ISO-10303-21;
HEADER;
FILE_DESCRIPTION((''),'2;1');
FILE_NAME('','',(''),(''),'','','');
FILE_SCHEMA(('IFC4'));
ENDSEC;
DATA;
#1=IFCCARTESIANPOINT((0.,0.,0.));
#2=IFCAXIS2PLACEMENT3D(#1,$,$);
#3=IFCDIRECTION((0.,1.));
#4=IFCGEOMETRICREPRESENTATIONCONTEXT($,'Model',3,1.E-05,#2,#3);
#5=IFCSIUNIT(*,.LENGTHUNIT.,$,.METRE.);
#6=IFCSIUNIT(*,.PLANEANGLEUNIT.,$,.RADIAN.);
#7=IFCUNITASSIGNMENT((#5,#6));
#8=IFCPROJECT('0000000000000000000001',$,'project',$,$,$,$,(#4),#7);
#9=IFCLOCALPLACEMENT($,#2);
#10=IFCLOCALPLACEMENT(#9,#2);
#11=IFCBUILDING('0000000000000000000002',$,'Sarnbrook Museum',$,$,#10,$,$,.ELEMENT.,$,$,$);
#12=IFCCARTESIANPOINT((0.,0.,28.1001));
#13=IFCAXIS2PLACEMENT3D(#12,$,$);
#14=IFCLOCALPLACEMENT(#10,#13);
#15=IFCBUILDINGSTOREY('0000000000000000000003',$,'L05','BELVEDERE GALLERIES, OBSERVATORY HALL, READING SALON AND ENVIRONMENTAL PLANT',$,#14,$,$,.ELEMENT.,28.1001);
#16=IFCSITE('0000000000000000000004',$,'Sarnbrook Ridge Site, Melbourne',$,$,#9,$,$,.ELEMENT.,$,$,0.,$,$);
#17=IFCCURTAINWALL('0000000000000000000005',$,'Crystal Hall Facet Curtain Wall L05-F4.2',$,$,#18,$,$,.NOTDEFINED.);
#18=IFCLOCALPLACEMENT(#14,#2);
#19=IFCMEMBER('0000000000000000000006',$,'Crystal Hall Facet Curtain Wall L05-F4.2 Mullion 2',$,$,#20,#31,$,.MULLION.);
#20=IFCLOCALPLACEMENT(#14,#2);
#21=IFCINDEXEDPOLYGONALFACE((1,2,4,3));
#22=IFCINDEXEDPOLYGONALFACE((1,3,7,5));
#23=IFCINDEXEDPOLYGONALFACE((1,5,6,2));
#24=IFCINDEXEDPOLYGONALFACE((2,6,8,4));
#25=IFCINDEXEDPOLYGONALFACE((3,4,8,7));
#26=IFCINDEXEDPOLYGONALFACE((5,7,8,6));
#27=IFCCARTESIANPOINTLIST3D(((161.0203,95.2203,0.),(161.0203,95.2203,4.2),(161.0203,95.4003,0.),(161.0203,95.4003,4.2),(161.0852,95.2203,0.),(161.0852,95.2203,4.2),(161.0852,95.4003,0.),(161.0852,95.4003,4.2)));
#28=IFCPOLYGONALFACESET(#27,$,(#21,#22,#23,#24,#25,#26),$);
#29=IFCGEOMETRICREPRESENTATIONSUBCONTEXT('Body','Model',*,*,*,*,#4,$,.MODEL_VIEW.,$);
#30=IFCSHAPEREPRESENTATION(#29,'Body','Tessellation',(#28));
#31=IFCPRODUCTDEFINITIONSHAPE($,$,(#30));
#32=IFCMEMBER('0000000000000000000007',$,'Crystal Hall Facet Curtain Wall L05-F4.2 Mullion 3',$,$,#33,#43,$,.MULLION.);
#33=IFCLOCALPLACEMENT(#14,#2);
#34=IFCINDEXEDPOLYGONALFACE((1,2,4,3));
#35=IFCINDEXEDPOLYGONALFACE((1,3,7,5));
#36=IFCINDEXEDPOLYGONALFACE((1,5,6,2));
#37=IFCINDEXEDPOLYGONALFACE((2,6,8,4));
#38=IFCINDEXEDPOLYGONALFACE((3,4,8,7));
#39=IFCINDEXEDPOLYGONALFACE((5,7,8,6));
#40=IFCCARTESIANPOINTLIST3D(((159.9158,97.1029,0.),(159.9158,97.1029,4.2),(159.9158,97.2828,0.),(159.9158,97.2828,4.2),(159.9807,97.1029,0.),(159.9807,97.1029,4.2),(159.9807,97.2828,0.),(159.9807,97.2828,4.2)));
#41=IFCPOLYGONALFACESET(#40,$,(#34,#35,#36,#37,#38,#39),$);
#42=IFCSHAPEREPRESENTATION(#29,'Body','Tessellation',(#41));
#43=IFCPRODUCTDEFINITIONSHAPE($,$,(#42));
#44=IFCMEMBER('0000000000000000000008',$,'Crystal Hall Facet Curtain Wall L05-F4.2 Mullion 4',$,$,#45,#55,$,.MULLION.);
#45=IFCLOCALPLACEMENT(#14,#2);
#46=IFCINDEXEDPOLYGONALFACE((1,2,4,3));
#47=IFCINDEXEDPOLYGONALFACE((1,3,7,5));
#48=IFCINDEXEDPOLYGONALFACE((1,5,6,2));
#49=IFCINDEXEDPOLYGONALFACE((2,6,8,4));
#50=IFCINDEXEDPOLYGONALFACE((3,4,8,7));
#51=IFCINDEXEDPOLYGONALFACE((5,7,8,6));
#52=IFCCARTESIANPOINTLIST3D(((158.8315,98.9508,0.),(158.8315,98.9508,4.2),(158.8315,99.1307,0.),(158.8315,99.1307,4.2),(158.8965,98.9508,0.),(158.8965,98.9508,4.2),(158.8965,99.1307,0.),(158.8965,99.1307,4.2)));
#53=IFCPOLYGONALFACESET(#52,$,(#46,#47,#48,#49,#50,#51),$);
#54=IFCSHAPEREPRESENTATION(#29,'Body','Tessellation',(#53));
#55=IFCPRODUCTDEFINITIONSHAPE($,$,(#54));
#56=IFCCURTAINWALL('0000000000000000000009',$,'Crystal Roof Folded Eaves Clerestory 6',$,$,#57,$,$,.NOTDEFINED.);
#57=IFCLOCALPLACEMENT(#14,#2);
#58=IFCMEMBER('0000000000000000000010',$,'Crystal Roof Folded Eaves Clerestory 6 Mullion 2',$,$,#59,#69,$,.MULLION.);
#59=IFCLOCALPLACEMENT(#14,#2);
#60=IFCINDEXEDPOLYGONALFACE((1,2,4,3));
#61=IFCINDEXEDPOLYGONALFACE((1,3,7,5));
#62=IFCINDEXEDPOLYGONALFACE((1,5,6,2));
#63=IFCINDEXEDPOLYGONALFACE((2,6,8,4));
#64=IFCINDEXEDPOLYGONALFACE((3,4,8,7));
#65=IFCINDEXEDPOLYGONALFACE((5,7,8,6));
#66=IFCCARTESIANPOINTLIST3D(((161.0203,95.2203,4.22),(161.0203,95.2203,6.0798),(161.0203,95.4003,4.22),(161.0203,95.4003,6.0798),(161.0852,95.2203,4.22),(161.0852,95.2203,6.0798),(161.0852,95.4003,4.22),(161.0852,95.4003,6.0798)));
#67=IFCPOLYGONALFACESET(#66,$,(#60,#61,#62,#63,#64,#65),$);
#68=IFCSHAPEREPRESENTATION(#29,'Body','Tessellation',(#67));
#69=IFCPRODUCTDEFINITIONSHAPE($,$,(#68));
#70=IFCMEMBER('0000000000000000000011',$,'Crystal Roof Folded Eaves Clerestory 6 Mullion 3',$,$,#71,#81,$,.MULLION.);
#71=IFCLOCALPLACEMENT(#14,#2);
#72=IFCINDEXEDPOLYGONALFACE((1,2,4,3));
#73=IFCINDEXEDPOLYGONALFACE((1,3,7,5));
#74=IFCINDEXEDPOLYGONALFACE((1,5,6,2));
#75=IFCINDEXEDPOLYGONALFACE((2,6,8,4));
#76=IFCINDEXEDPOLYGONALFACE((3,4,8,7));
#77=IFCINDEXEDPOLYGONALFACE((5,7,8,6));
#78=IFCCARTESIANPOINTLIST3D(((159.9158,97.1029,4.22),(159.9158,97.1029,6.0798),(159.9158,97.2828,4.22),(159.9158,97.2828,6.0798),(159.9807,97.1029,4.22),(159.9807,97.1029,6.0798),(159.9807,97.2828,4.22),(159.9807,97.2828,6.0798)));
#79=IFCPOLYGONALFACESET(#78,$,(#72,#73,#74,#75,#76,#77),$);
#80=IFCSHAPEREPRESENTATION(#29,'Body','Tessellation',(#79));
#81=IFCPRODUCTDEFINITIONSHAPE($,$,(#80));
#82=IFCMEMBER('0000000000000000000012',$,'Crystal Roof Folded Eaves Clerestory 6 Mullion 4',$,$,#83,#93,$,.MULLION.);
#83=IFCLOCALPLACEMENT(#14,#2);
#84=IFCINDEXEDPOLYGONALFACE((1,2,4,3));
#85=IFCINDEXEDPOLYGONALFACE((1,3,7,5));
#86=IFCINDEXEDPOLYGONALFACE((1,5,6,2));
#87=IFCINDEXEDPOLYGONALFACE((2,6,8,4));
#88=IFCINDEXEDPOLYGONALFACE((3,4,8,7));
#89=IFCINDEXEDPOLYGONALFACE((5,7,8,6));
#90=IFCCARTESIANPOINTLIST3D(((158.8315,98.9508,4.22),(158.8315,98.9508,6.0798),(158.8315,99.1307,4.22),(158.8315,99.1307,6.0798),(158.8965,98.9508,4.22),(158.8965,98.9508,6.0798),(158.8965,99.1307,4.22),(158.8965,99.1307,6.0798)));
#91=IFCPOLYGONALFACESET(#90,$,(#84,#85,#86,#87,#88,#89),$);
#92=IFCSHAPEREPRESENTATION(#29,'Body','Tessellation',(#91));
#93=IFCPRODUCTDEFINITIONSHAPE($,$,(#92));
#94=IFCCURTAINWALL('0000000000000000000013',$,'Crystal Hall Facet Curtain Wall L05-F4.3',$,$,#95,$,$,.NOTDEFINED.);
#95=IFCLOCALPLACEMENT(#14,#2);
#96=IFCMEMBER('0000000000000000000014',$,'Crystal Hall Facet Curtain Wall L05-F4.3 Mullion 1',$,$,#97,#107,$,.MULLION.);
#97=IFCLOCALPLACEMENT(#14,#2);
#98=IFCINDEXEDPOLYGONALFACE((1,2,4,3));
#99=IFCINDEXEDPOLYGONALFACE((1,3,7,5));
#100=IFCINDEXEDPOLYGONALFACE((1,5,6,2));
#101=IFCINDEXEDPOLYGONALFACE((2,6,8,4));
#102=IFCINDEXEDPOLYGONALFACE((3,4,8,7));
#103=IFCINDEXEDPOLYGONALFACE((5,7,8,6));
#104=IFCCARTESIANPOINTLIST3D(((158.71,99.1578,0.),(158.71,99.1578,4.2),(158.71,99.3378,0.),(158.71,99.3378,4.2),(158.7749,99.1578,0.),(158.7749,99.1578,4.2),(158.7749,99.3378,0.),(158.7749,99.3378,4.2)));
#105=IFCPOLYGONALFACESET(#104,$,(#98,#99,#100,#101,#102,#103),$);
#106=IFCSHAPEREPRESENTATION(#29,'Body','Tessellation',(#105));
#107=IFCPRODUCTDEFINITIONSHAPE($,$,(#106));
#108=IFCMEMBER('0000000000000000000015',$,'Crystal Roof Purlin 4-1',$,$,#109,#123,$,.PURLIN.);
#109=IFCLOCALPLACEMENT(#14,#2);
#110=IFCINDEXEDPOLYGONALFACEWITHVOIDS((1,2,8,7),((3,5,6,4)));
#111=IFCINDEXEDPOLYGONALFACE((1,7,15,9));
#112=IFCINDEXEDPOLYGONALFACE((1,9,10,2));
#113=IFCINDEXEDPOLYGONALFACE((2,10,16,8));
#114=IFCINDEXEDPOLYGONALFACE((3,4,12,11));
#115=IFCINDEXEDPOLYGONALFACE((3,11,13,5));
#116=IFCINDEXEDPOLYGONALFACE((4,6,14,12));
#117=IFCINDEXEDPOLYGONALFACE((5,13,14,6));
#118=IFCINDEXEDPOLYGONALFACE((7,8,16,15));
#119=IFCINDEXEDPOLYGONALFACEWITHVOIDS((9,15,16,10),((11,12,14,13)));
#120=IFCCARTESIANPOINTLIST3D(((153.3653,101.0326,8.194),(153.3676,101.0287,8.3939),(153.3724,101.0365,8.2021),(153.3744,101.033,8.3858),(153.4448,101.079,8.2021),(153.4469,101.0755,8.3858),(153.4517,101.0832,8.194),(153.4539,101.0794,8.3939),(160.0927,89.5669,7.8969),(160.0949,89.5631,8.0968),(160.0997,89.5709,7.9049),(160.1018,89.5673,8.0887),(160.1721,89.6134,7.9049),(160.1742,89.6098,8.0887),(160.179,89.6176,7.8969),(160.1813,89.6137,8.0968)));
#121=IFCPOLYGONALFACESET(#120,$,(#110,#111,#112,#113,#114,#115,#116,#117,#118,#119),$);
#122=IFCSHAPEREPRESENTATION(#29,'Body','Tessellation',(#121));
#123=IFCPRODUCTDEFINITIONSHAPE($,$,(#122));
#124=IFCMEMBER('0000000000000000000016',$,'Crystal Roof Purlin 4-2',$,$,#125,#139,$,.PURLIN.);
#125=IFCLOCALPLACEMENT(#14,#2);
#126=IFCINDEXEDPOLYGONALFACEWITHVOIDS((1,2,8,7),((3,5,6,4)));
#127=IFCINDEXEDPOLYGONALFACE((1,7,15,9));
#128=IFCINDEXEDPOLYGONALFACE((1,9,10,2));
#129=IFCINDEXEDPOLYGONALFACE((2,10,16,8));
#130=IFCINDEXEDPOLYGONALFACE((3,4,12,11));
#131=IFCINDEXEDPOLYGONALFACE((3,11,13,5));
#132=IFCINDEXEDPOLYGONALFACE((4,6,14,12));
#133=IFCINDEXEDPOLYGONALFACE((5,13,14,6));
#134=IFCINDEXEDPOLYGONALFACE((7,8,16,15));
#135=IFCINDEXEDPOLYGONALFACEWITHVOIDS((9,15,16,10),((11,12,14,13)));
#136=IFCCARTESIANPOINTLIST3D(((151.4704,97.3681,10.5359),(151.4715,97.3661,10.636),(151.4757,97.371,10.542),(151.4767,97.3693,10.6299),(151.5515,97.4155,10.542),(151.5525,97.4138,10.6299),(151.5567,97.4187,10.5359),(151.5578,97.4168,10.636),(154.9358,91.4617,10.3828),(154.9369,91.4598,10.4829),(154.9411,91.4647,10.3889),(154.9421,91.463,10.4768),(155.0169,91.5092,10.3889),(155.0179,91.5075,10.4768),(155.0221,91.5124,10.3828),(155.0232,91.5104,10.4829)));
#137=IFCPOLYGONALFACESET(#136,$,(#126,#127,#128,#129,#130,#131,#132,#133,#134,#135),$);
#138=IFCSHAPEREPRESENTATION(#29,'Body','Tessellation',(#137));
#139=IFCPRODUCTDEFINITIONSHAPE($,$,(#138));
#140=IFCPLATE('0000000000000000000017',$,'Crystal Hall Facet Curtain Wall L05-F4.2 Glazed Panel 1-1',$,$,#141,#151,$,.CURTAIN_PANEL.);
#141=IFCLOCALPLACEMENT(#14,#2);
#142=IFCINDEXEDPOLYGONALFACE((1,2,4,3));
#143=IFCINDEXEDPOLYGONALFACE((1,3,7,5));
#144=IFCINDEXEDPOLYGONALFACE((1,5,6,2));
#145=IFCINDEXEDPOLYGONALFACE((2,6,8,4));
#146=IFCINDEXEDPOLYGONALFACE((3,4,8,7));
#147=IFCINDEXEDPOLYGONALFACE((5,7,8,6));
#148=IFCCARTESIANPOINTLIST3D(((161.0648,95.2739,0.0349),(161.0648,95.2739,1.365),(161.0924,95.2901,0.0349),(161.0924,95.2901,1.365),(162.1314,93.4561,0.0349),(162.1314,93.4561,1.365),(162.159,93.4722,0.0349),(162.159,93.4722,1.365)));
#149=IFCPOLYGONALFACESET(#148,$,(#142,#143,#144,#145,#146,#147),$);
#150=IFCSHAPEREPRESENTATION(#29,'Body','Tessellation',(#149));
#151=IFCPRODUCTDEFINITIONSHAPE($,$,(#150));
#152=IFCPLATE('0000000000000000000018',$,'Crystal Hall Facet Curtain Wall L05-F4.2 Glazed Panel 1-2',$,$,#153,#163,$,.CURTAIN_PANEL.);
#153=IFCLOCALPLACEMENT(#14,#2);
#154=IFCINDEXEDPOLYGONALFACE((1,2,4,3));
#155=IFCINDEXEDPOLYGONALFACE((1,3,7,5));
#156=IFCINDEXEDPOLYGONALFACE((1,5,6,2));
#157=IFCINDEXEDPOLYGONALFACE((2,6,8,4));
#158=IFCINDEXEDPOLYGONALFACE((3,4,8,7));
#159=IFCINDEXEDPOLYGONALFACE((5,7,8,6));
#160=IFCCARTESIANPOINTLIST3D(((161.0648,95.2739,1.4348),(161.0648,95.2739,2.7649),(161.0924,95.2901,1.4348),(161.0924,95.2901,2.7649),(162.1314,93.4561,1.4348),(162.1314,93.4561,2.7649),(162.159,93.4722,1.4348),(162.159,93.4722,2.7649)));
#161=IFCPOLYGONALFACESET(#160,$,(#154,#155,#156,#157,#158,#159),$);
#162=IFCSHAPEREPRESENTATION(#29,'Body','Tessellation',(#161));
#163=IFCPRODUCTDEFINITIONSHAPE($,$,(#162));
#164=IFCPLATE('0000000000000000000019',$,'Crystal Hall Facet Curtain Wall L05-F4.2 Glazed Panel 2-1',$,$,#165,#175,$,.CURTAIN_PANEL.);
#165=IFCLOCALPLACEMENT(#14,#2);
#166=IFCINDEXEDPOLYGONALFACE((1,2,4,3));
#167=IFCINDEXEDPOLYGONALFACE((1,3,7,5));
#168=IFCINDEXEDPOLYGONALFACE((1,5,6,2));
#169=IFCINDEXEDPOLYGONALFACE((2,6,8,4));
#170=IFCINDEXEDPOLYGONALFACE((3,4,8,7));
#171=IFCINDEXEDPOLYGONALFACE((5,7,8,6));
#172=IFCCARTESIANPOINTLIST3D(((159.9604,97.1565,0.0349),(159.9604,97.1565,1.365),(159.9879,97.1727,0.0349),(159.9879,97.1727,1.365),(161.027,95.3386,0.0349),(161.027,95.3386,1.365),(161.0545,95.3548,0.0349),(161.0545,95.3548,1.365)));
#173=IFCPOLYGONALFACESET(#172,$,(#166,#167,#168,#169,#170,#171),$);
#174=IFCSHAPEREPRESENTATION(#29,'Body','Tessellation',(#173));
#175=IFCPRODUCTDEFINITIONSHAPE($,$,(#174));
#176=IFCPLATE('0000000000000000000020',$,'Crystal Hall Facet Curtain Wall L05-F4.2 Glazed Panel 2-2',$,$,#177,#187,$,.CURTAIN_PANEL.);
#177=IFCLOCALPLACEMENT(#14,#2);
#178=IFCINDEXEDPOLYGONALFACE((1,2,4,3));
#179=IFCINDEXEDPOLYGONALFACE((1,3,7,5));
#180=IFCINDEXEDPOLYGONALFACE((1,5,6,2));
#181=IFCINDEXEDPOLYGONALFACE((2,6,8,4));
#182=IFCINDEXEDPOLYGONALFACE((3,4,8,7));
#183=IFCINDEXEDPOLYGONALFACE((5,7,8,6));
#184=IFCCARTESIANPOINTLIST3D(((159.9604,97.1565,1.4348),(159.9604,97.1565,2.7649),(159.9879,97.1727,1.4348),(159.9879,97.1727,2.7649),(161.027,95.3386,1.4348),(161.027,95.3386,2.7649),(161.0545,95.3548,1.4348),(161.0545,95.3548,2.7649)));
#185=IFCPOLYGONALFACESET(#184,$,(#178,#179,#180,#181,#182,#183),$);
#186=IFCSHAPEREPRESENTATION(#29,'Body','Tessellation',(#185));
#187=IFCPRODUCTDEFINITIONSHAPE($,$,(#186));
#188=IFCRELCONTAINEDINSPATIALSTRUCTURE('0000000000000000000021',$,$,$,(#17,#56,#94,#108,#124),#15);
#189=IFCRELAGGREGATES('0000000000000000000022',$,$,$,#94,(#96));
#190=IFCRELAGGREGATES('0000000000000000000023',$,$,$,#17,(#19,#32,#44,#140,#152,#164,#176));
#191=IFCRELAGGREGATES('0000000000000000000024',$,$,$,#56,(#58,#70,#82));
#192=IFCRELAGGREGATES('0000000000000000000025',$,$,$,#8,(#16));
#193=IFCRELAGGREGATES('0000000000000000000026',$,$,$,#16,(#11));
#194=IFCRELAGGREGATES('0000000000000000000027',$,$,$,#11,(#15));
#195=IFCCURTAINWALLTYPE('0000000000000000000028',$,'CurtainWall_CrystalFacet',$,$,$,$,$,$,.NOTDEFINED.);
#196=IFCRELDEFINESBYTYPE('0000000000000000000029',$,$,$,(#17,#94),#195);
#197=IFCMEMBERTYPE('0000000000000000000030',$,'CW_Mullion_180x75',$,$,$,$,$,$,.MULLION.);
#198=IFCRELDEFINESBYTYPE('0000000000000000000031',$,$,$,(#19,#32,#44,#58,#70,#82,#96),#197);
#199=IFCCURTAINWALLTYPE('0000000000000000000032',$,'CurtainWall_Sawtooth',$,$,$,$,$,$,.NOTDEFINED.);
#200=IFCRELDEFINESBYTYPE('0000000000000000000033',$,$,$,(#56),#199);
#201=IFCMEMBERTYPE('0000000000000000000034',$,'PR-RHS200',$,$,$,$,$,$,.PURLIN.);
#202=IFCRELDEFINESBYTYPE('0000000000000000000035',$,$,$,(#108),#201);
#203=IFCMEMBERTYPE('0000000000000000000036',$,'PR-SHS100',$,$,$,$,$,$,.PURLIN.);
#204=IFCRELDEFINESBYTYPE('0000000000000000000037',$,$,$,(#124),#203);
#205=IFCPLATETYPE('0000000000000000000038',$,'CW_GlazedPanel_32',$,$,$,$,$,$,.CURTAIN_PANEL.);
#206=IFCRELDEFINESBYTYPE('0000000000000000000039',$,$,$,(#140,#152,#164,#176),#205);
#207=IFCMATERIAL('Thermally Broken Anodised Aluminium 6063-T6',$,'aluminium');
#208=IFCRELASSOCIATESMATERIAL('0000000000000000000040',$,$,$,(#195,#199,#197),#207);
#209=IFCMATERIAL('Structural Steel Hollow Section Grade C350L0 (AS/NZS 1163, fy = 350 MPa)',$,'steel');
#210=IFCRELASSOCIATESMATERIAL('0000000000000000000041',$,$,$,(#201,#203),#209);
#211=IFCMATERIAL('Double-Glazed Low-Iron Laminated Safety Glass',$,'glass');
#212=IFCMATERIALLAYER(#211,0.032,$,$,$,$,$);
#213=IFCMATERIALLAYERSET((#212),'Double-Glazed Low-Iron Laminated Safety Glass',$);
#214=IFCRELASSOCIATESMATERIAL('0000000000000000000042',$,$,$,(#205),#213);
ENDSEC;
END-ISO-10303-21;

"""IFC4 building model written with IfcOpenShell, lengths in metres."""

from ifc_helpers import new_model, si_unit, direction, frame, origin, origin_2d, place, context, subcontext, project, spatial, rectangle, hollow_rectangle, extrude, material, layer, layer_set, material_profile, profile_set, type_object, element, aggregate, save


model = new_model("IFC4")

# Units and contexts
model_context = context("Model", 3, precision=1e-05, world=origin(), true_north=direction((0.0, 1.0)))
body_context = subcontext(model_context, "Body", "Model", "MODEL_VIEW")
ifc_project = project(units=[si_unit("LENGTHUNIT", "METRE"), si_unit("PLANEANGLEUNIT", "RADIAN")], contexts=[model_context])

# Site, building, storey
site_placement = place(None, origin())
site = spatial("IfcSite", under=ifc_project, at=site_placement, Name="Sarnbrook Ridge Site, Melbourne", CompositionType="ELEMENT", RefElevation=0.0)
building_placement = place(site_placement, origin())
building = spatial("IfcBuilding", under=site, at=building_placement, Name="Sarnbrook Museum", CompositionType="ELEMENT")
storey_placement = place(building_placement, frame((0.0, 0.0, 28.1001)))
storey = spatial("IfcBuildingStorey", under=building, at=storey_placement, Name="L05", Description="BELVEDERE GALLERIES, OBSERVATORY HALL, READING SALON AND ENVIRONMENTAL PLANT", CompositionType="ELEMENT", Elevation=28.1001)

# Curtain walls, members
ifc_material_1 = material(Name="Thermally Broken Anodised Aluminium 6063-T6", Category="aluminium")
curtain_wall_type_1 = type_object("IfcCurtainWallType", Name="CurtainWall_CrystalFacet", PredefinedType="NOTDEFINED", material=ifc_material_1)
curtain_wall_1_placement = place(storey_placement, origin())
curtain_wall_1 = element("IfcCurtainWall", 1, at=curtain_wall_1_placement, inside=storey, type_object=curtain_wall_type_1, Name="Crystal Hall Facet Curtain Wall L05-F4.2", PredefinedType="NOTDEFINED")
ifc_material_profile_1 = material_profile(ifc_material_1, rectangle(XDim=0.0649, YDim=0.1799, at=origin_2d()), Name="ALU MULLION 65x180")
ifc_profile_set_1 = profile_set([ifc_material_profile_1], Name="Thermally Broken Anodised Aluminium 6063-T6")
member_type_1 = type_object("IfcMemberType", Name="CW_Mullion_180x75", PredefinedType="MULLION", material=ifc_profile_set_1)
member_1_placement = place(storey_placement, frame((161.0527, 95.3103, 0.0), z_axis=(0.0, 0.0, 1.0), x_axis=(1.0, 0.0, 0.0)))
member_1 = element("IfcMember", 2, at=member_1_placement, type_object=member_type_1, Name="Crystal Hall Facet Curtain Wall L05-F4.2 Mullion 2", PredefinedType="MULLION", context=body_context, shape_type="SweptSolid", body=[
    extrude(rectangle(XDim=0.0649, YDim=0.1799, at=origin_2d()), origin(), (0.0, 0.0, 1.0), 4.2),
])
member_2_placement = place(storey_placement, frame((159.9482, 97.1929, 0.0), z_axis=(0.0, 0.0, 1.0), x_axis=(1.0, 0.0, 0.0)))
member_2 = element("IfcMember", 3, at=member_2_placement, type_object=member_type_1, Name="Crystal Hall Facet Curtain Wall L05-F4.2 Mullion 3", PredefinedType="MULLION", context=body_context, shape_type="SweptSolid", body=[
    extrude(rectangle(XDim=0.0649, YDim=0.1799, at=origin_2d()), origin(), (0.0, 0.0, 1.0), 4.2),
])
member_3_placement = place(storey_placement, frame((158.864, 99.0408, 0.0), z_axis=(0.0, 0.0, 1.0), x_axis=(1.0, 0.0, 0.0)))
member_3 = element("IfcMember", 4, at=member_3_placement, type_object=member_type_1, Name="Crystal Hall Facet Curtain Wall L05-F4.2 Mullion 4", PredefinedType="MULLION", context=body_context, shape_type="SweptSolid", body=[
    extrude(rectangle(XDim=0.0649, YDim=0.1799, at=origin_2d()), origin(), (0.0, 0.0, 1.0), 4.2),
])
curtain_wall_type_2 = type_object("IfcCurtainWallType", Name="CurtainWall_Sawtooth", PredefinedType="NOTDEFINED", material=ifc_material_1)
curtain_wall_2_placement = place(storey_placement, origin())
curtain_wall_2 = element("IfcCurtainWall", 5, at=curtain_wall_2_placement, inside=storey, type_object=curtain_wall_type_2, Name="Crystal Roof Folded Eaves Clerestory 6", PredefinedType="NOTDEFINED")
member_4_placement = place(storey_placement, frame((161.0527, 95.3103, 4.22), z_axis=(0.0, 0.0, 1.0), x_axis=(1.0, 0.0, 0.0)))
member_4 = element("IfcMember", 6, at=member_4_placement, type_object=member_type_1, Name="Crystal Roof Folded Eaves Clerestory 6 Mullion 2", PredefinedType="MULLION", context=body_context, shape_type="SweptSolid", body=[
    extrude(rectangle(XDim=0.0649, YDim=0.1799, at=origin_2d()), origin(), (0.0, 0.0, 1.0), 1.8599),
])
member_5_placement = place(storey_placement, frame((159.9482, 97.1929, 4.22), z_axis=(0.0, 0.0, 1.0), x_axis=(1.0, 0.0, 0.0)))
member_5 = element("IfcMember", 7, at=member_5_placement, type_object=member_type_1, Name="Crystal Roof Folded Eaves Clerestory 6 Mullion 3", PredefinedType="MULLION", context=body_context, shape_type="SweptSolid", body=[
    extrude(rectangle(XDim=0.0649, YDim=0.1799, at=origin_2d()), origin(), (0.0, 0.0, 1.0), 1.8599),
])
member_6_placement = place(storey_placement, frame((158.864, 99.0408, 4.22), z_axis=(0.0, 0.0, 1.0), x_axis=(1.0, 0.0, 0.0)))
member_6 = element("IfcMember", 8, at=member_6_placement, type_object=member_type_1, Name="Crystal Roof Folded Eaves Clerestory 6 Mullion 4", PredefinedType="MULLION", context=body_context, shape_type="SweptSolid", body=[
    extrude(rectangle(XDim=0.0649, YDim=0.1799, at=origin_2d()), origin(), (0.0, 0.0, 1.0), 1.8599),
])

# Curtain wall, member
curtain_wall_3_placement = place(storey_placement, origin())
curtain_wall_3 = element("IfcCurtainWall", 9, at=curtain_wall_3_placement, inside=storey, type_object=curtain_wall_type_1, Name="Crystal Hall Facet Curtain Wall L05-F4.3", PredefinedType="NOTDEFINED")
member_7_placement = place(storey_placement, frame((158.7424, 99.2478, 0.0), z_axis=(0.0, 0.0, 1.0), x_axis=(1.0, 0.0, 0.0)))
member_7 = element("IfcMember", 10, at=member_7_placement, type_object=member_type_1, Name="Crystal Hall Facet Curtain Wall L05-F4.3 Mullion 1", PredefinedType="MULLION", context=body_context, shape_type="SweptSolid", body=[
    extrude(rectangle(XDim=0.0649, YDim=0.1799, at=origin_2d()), origin(), (0.0, 0.0, 1.0), 4.2),
])
aggregate(curtain_wall_3, [member_7])

# Members
ifc_material_2 = material(Name="Structural Steel Hollow Section Grade C350L0 (AS/NZS 1163, fy = 350 MPa)", Category="steel")
ifc_material_profile_2 = material_profile(ifc_material_2, hollow_rectangle(XDim=0.1001, YDim=0.2, WallThickness=0.0081, at=origin_2d()), Name="200x100x8.0RHS")
ifc_profile_set_2 = profile_set([ifc_material_profile_2], Name="Structural Steel Hollow Section Grade C350L0 (AS/NZS 1163, fy = 350 MPa)")
member_type_2 = type_object("IfcMemberType", Name="PR-RHS200", PredefinedType="PURLIN", material=ifc_profile_set_2)
member_8_placement = place(storey_placement, frame((160.137, 89.5903, 7.9968), z_axis=(-0.505934, 0.862283, 0.022345), x_axis=(-0.862498, -0.506061, 0.0)))
element("IfcMember", 11, at=member_8_placement, inside=storey, type_object=member_type_2, Name="Crystal Roof Purlin 4-1", PredefinedType="PURLIN", context=body_context, shape_type="SweptSolid", body=[
    extrude(hollow_rectangle(XDim=0.1001, YDim=0.2, WallThickness=0.0081, at=origin_2d()), origin(), (0.0, 0.0, 1.0), 13.2969),
])
ifc_material_profile_3 = material_profile(ifc_material_2, hollow_rectangle(XDim=0.1001, YDim=0.1001, WallThickness=0.0061, at=origin_2d()), Name="100x100x6.0SHS")
ifc_profile_set_3 = profile_set([ifc_material_profile_3], Name="Structural Steel Hollow Section Grade C350L0 (AS/NZS 1163, fy = 350 MPa)")
member_type_3 = type_object("IfcMemberType", Name="PR-SHS100", PredefinedType="PURLIN", material=ifc_profile_set_3)
member_9_placement = place(storey_placement, frame((154.9795, 91.4861, 10.4329), z_axis=(-0.505924, 0.862288, 0.022348), x_axis=(-0.862504, -0.506051, 0.0)))
element("IfcMember", 12, at=member_9_placement, inside=storey, type_object=member_type_3, Name="Crystal Roof Purlin 4-2", PredefinedType="PURLIN", context=body_context, shape_type="SweptSolid", body=[
    extrude(hollow_rectangle(XDim=0.1001, YDim=0.1001, WallThickness=0.0061, at=origin_2d()), origin(), (0.0, 0.0, 1.0), 6.8496),
])

# Plates
ifc_material_3 = material(Name="Double-Glazed Low-Iron Laminated Safety Glass", Category="glass")
ifc_layer_1 = layer(ifc_material_3, 0.032)
ifc_layer_set_1 = layer_set([ifc_layer_1], Name="Double-Glazed Low-Iron Laminated Safety Glass")
plate_type_1 = type_object("IfcPlateType", Name="CW_GlazedPanel_32", PredefinedType="CURTAIN_PANEL", material=ifc_layer_set_1)
plate_1_placement = place(storey_placement, frame((161.5981, 94.365, 0.7), z_axis=(0.8625, 0.506057, 0.0), x_axis=(-0.506057, 0.8625, 0.0)))
plate_1 = element("IfcPlate", 13, at=plate_1_placement, type_object=plate_type_1, Name="Crystal Hall Facet Curtain Wall L05-F4.2 Glazed Panel 1-1", PredefinedType="CURTAIN_PANEL", context=body_context, shape_type="SweptSolid", body=[
    extrude(rectangle(XDim=2.1077, YDim=1.3301, at=origin_2d()), origin(), (0.0, 0.0, 1.0), 0.032),
])
plate_2_placement = place(storey_placement, frame((161.5981, 94.365, 2.0999), z_axis=(0.8625, 0.506057, 0.0), x_axis=(-0.506057, 0.8625, 0.0)))
plate_2 = element("IfcPlate", 14, at=plate_2_placement, type_object=plate_type_1, Name="Crystal Hall Facet Curtain Wall L05-F4.2 Glazed Panel 1-2", PredefinedType="CURTAIN_PANEL", context=body_context, shape_type="SweptSolid", body=[
    extrude(rectangle(XDim=2.1077, YDim=1.3301, at=origin_2d()), origin(), (0.0, 0.0, 1.0), 0.032),
])
plate_3_placement = place(storey_placement, frame((160.4937, 96.2476, 0.7), z_axis=(0.8625, 0.506057, 0.0), x_axis=(-0.506057, 0.8625, 0.0)))
plate_3 = element("IfcPlate", 15, at=plate_3_placement, type_object=plate_type_1, Name="Crystal Hall Facet Curtain Wall L05-F4.2 Glazed Panel 2-1", PredefinedType="CURTAIN_PANEL", context=body_context, shape_type="SweptSolid", body=[
    extrude(rectangle(XDim=2.1077, YDim=1.3301, at=origin_2d()), origin(), (0.0, 0.0, 1.0), 0.032),
])
plate_4_placement = place(storey_placement, frame((160.4937, 96.2476, 2.0999), z_axis=(0.8625, 0.506057, 0.0), x_axis=(-0.506057, 0.8625, 0.0)))
plate_4 = element("IfcPlate", 16, at=plate_4_placement, type_object=plate_type_1, Name="Crystal Hall Facet Curtain Wall L05-F4.2 Glazed Panel 2-2", PredefinedType="CURTAIN_PANEL", context=body_context, shape_type="SweptSolid", body=[
    extrude(rectangle(XDim=2.1077, YDim=1.3301, at=origin_2d()), origin(), (0.0, 0.0, 1.0), 0.032),
])
aggregate(curtain_wall_1, [member_1, member_2, member_3, plate_1, plate_2, plate_3, plate_4])
aggregate(curtain_wall_2, [member_4, member_5, member_6])

save(model, "model.ifc")
